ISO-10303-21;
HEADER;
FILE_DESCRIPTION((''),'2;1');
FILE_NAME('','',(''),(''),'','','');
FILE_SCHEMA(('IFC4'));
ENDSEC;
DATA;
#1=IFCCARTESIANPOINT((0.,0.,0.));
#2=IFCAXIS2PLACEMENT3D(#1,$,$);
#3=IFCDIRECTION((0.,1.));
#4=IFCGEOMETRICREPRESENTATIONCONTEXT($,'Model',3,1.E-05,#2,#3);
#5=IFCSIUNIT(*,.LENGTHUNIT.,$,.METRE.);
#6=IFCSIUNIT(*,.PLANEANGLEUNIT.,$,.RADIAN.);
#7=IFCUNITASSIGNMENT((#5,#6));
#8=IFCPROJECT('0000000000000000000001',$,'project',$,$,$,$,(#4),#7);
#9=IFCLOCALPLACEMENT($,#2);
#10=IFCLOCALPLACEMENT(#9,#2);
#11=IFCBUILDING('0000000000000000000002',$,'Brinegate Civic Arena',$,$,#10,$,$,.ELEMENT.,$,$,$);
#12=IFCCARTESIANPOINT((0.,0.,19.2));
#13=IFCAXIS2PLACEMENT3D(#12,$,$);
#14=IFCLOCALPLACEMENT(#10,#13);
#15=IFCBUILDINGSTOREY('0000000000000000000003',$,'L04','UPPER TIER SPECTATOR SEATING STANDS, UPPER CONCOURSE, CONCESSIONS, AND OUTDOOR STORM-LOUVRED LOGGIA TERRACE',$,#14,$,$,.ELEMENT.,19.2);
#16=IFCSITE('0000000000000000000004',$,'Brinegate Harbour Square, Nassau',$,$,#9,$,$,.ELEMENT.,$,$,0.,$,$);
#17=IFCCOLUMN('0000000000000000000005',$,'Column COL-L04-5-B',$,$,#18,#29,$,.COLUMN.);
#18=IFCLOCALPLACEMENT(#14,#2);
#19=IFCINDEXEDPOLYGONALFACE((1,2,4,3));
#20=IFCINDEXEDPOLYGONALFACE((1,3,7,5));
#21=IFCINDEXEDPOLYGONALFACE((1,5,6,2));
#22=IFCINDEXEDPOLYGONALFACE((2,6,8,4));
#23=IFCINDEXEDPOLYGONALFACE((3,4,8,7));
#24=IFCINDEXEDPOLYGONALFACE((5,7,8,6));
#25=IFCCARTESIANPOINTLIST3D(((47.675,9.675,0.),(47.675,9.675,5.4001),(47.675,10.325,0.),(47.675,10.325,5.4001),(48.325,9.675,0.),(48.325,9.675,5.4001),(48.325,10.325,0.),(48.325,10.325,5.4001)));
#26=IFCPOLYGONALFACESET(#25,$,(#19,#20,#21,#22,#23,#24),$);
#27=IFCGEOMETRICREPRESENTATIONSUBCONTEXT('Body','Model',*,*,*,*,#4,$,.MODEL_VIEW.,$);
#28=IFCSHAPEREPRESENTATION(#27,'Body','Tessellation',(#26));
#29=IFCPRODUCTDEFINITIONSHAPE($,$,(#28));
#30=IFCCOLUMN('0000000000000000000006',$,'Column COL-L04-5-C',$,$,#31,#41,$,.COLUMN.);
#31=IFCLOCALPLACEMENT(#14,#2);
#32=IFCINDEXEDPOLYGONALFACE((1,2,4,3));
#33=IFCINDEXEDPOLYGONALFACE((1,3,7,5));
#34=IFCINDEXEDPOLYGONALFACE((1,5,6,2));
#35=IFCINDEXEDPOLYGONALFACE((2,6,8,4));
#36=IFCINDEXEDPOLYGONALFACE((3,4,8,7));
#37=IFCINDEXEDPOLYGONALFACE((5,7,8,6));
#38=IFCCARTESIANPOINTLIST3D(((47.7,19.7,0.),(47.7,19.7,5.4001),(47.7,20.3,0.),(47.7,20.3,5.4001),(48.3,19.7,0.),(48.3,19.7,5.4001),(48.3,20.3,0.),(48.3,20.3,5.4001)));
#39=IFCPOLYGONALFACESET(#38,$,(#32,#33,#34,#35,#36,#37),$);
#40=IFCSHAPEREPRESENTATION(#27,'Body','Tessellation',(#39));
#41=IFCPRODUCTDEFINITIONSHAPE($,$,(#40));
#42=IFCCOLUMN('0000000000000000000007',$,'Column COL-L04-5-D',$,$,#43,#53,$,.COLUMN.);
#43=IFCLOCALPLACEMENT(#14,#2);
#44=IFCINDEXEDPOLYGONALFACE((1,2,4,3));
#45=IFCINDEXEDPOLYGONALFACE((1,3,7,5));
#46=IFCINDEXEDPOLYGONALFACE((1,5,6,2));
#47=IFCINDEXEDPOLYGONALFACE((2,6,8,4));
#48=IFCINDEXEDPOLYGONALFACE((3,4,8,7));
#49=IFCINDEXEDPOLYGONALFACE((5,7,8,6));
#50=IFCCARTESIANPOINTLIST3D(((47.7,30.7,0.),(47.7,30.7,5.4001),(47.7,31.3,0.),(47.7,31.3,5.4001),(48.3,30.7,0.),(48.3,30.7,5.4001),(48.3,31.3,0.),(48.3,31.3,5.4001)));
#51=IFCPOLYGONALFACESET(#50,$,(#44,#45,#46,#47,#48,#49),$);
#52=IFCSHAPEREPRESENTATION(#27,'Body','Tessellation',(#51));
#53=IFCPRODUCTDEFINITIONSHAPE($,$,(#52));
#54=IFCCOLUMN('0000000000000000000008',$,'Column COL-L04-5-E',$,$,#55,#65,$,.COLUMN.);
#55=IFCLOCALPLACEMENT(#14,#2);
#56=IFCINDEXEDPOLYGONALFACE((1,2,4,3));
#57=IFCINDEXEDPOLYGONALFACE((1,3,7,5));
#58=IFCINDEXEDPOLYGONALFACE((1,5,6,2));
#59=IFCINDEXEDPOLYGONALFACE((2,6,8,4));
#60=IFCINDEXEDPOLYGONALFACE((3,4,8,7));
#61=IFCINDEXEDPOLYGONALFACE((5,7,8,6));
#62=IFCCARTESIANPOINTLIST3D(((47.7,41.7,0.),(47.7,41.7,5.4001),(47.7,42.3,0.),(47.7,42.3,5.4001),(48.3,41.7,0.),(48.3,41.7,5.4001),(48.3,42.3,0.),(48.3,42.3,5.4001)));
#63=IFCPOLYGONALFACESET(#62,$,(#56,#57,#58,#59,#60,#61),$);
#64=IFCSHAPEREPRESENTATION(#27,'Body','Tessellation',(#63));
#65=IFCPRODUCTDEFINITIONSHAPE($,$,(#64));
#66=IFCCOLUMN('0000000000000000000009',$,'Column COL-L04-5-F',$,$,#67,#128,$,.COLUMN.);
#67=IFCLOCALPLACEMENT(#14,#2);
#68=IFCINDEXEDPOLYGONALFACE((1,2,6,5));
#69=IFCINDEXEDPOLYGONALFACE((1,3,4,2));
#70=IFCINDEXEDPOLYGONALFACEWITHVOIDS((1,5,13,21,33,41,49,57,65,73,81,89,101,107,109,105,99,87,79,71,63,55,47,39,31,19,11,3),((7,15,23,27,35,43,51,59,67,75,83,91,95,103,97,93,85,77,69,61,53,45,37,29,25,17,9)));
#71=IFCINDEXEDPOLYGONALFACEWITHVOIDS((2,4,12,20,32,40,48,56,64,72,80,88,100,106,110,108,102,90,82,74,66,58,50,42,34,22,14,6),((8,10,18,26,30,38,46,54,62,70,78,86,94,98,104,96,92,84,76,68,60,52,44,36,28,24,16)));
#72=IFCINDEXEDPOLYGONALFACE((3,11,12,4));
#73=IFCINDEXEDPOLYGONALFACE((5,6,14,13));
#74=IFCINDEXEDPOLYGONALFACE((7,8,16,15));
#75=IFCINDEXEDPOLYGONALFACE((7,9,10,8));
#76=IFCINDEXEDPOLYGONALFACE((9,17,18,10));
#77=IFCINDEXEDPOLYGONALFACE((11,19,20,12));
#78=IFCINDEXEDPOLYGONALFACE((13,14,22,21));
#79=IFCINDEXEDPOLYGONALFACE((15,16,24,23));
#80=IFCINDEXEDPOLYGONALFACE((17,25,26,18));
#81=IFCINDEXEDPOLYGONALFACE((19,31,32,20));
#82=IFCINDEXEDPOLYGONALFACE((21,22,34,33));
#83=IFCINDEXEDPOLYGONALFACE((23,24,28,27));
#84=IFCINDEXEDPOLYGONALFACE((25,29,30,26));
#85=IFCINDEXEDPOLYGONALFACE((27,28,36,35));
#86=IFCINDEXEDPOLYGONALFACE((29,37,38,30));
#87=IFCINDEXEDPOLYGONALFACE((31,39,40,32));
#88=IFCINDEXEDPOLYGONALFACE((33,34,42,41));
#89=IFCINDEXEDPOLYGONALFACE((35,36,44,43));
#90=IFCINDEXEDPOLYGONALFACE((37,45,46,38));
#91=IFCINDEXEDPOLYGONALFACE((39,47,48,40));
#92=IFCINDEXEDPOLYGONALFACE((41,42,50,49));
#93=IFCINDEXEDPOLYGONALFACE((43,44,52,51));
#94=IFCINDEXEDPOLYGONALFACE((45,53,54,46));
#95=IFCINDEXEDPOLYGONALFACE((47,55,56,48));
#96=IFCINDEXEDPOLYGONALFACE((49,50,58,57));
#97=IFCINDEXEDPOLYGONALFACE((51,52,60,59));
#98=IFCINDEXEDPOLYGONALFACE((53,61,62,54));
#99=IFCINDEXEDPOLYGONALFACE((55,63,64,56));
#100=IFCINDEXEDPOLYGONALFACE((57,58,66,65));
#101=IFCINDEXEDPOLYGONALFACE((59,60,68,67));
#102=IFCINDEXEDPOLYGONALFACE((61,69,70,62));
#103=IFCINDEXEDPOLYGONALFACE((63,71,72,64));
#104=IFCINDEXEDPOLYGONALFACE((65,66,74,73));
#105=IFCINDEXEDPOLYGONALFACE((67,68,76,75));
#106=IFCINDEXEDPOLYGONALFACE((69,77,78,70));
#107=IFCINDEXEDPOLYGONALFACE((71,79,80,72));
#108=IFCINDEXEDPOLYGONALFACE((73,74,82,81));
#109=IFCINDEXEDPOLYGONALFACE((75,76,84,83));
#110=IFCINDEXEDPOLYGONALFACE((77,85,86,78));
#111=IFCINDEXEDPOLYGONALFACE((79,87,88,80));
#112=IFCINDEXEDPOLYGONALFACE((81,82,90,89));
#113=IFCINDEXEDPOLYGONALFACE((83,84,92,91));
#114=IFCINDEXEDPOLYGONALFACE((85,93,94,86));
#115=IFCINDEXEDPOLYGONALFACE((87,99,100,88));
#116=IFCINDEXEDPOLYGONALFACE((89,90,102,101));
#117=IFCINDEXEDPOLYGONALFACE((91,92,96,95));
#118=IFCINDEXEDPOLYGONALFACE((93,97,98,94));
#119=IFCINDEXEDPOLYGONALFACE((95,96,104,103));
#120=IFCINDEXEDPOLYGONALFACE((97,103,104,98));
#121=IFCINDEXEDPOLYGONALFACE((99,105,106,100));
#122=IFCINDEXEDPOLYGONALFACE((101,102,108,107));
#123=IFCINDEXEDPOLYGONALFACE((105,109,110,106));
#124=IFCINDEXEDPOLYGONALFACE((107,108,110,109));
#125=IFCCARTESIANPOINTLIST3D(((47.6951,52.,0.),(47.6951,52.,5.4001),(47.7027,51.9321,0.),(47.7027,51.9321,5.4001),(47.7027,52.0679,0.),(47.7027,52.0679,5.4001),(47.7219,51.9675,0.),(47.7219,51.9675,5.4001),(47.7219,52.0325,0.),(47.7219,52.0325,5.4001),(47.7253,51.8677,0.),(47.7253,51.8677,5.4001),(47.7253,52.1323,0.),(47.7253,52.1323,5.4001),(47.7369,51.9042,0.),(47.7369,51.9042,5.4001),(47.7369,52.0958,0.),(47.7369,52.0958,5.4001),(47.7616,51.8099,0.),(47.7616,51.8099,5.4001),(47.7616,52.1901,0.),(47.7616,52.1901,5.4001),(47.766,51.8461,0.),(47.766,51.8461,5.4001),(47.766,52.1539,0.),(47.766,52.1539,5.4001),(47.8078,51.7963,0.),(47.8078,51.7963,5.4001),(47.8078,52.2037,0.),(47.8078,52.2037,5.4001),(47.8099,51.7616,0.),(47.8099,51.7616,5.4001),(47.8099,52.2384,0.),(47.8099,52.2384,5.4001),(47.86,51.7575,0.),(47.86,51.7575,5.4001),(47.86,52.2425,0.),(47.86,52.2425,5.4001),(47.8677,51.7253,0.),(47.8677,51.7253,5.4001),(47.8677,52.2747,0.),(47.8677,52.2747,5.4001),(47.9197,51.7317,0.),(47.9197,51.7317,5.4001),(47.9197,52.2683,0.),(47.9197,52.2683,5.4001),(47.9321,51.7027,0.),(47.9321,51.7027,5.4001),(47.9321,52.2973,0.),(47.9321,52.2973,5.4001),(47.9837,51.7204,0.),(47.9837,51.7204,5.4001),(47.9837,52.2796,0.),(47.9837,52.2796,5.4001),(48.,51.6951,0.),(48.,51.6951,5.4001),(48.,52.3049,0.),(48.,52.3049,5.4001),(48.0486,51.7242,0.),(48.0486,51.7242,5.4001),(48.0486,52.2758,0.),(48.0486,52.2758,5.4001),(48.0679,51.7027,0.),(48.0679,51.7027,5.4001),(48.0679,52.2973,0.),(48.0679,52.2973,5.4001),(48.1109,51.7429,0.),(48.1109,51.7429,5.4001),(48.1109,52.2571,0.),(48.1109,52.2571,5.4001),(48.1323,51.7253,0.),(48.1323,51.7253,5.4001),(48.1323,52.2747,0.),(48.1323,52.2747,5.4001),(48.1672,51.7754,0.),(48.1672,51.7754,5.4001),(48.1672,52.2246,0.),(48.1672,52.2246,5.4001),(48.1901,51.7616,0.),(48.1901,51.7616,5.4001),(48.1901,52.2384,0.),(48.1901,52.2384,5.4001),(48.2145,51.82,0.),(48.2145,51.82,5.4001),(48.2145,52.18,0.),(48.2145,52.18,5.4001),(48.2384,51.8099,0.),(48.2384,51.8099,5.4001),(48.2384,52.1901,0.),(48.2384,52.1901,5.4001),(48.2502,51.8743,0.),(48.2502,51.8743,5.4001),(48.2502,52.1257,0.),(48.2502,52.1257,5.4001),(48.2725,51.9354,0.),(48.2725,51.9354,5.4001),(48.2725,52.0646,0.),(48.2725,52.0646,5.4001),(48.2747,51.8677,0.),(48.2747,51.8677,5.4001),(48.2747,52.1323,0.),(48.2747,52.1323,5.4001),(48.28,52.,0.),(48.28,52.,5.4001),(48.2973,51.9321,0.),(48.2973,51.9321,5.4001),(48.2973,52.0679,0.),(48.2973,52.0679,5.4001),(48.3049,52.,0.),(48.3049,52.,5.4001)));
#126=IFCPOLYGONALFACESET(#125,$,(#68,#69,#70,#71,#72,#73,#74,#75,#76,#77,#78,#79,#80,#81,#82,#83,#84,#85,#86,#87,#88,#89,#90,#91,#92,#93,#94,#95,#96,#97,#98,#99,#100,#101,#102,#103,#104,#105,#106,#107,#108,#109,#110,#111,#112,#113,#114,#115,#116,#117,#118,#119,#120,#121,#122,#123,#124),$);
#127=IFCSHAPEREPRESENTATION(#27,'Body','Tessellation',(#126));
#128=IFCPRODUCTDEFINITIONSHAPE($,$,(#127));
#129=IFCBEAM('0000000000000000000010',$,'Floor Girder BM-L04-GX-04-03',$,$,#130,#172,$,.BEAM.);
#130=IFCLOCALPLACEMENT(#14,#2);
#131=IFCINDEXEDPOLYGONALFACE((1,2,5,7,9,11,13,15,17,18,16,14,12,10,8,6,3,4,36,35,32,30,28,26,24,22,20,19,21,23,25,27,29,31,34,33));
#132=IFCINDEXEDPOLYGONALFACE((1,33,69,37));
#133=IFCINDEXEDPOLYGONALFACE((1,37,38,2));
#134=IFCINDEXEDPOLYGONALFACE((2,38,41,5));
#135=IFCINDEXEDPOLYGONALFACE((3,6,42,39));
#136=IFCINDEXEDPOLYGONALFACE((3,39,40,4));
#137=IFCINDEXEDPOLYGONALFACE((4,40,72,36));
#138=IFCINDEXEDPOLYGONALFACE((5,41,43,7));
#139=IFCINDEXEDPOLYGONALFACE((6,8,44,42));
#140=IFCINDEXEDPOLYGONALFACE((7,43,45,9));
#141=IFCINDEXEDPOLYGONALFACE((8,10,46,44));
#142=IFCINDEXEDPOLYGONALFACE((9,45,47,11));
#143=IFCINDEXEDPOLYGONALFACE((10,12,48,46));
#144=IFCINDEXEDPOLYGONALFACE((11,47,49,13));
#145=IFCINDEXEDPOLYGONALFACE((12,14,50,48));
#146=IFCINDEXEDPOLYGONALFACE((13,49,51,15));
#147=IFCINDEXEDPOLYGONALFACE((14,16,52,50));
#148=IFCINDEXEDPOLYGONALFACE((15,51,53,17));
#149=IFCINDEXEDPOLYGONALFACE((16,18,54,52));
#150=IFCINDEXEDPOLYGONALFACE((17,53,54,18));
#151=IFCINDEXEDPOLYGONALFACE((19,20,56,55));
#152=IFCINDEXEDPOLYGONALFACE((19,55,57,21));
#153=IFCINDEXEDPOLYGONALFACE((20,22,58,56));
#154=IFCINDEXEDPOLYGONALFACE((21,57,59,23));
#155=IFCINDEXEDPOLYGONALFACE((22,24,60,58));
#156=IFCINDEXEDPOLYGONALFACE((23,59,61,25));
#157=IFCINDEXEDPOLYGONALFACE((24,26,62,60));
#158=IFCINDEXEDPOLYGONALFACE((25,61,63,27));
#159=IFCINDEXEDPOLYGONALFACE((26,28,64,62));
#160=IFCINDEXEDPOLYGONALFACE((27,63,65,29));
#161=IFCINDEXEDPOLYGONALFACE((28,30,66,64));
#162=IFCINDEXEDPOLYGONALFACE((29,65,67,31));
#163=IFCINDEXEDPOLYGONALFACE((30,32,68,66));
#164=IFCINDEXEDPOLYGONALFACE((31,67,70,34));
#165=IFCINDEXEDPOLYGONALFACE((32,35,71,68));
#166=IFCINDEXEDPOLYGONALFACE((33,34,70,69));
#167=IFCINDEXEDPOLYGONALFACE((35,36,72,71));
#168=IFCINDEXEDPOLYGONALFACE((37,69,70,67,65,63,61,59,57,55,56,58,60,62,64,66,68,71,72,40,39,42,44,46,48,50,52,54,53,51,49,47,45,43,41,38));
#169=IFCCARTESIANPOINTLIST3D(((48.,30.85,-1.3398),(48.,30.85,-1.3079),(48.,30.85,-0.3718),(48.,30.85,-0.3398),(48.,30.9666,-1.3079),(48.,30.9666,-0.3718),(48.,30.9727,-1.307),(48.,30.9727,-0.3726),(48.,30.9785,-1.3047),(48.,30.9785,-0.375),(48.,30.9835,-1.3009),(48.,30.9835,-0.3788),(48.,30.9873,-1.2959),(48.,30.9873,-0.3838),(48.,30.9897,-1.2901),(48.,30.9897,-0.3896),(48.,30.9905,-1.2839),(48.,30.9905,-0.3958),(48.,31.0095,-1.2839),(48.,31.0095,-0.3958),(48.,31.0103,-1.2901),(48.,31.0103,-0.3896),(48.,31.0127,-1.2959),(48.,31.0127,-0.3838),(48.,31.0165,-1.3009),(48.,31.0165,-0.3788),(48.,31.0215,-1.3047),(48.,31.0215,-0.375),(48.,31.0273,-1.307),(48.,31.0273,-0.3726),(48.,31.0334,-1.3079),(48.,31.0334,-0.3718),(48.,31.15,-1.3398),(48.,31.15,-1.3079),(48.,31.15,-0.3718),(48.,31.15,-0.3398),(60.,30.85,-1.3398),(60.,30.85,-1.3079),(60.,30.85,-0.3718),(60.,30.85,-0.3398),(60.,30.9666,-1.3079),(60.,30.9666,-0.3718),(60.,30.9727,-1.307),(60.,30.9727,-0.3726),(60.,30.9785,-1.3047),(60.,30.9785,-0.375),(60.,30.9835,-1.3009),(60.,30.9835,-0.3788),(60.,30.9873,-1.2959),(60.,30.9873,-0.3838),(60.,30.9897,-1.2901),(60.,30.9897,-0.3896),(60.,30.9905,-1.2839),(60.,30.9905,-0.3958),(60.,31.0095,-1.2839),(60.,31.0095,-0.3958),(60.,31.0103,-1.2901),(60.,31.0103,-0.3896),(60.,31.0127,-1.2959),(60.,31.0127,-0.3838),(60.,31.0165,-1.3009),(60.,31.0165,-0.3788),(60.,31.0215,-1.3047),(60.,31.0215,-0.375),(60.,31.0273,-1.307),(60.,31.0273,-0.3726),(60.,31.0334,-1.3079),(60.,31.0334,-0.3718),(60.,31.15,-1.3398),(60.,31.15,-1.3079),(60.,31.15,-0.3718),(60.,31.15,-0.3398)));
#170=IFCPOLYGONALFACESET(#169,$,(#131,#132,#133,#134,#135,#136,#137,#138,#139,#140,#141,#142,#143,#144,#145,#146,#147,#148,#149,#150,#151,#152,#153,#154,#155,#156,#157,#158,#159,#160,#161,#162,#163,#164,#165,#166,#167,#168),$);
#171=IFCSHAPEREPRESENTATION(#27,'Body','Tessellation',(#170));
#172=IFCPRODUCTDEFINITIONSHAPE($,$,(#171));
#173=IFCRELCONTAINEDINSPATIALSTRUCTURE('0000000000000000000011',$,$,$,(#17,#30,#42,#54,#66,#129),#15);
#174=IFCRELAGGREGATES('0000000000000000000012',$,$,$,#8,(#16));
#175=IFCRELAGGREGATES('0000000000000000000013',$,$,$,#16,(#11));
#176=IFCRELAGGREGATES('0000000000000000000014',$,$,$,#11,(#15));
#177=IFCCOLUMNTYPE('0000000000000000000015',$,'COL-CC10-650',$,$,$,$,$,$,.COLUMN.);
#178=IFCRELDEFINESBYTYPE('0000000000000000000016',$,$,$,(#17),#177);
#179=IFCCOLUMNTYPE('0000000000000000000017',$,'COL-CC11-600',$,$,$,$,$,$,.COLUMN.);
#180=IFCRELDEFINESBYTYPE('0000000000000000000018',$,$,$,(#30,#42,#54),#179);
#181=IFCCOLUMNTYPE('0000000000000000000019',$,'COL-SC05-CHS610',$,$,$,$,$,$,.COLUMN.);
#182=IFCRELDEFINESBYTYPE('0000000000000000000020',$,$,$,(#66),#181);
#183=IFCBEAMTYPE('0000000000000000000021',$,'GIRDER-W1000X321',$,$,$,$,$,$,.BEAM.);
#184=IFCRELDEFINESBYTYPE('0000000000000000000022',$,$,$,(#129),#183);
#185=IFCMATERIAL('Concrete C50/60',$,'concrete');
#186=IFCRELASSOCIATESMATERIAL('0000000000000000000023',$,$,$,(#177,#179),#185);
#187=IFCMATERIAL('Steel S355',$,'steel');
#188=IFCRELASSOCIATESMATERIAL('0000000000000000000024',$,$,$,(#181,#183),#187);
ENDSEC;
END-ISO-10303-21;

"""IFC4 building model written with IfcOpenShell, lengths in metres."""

from ifc_helpers import new_model, si_unit, direction, frame, origin, origin_2d, place, context, subcontext, project, spatial, rectangle, hollow_circle, i_section, extrude, material, material_profile, profile_set, type_object, element, save


model = new_model("IFC4")

# Units and contexts
model_context = context("Model", 3, precision=1e-05, world=origin(), true_north=direction((0.0, 1.0)))
body_context = subcontext(model_context, "Body", "Model", "MODEL_VIEW")
ifc_project = project(units=[si_unit("LENGTHUNIT", "METRE"), si_unit("PLANEANGLEUNIT", "RADIAN")], contexts=[model_context])

# Site, building, storey
site_placement = place(None, origin())
site = spatial("IfcSite", under=ifc_project, at=site_placement, Name="Brinegate Harbour Square, Nassau", CompositionType="ELEMENT", RefElevation=0.0)
building_placement = place(site_placement, origin())
building = spatial("IfcBuilding", under=site, at=building_placement, Name="Brinegate Civic Arena", CompositionType="ELEMENT")
storey_placement = place(building_placement, frame((0.0, 0.0, 19.2)))
storey = spatial("IfcBuildingStorey", under=building, at=storey_placement, Name="L04", Description="UPPER TIER SPECTATOR SEATING STANDS, UPPER CONCOURSE, CONCESSIONS, AND OUTDOOR STORM-LOUVRED LOGGIA TERRACE", CompositionType="ELEMENT", Elevation=19.2)

# Columns
ifc_material_1 = material(Name="Concrete C50/60", Category="concrete")
ifc_material_profile_1 = material_profile(ifc_material_1, rectangle(XDim=0.6499, YDim=0.6499, at=origin_2d()), Name="RC650X650")
ifc_profile_set_1 = profile_set([ifc_material_profile_1], Name="Concrete C50/60")
column_type_1 = type_object("IfcColumnType", Name="COL-CC10-650", PredefinedType="COLUMN", material=ifc_profile_set_1)
column_1_placement = place(storey_placement, frame((48.0, 10.0, 0.0), z_axis=(0.0, 0.0, 1.0), x_axis=(1.0, 0.0, 0.0)))
element("IfcColumn", 1, at=column_1_placement, inside=storey, type_object=column_type_1, Name="Column COL-L04-5-B", PredefinedType="COLUMN", context=body_context, shape_type="SweptSolid", body=[
    extrude(rectangle(XDim=0.6499, YDim=0.6499, at=origin_2d()), origin(), (0.0, 0.0, 1.0), 5.4001),
])
ifc_material_profile_2 = material_profile(ifc_material_1, rectangle(XDim=0.6001, YDim=0.6001, at=origin_2d()), Name="RC600X600")
ifc_profile_set_2 = profile_set([ifc_material_profile_2], Name="Concrete C50/60")
column_type_2 = type_object("IfcColumnType", Name="COL-CC11-600", PredefinedType="COLUMN", material=ifc_profile_set_2)
for number, where, z_axis, x_axis, name in (
    (2, (48.0, 20.0, 0.0), (0.0, 0.0, 1.0), (1.0, 0.0, 0.0), "Column COL-L04-5-C"),
    (3, (48.0, 31.0, 0.0), (0.0, 0.0, 1.0), (1.0, 0.0, 0.0), "Column COL-L04-5-D"),
    (4, (48.0, 42.0, 0.0), (0.0, 0.0, 1.0), (1.0, 0.0, 0.0), "Column COL-L04-5-E"),
):
    element("IfcColumn", number, at=place(storey_placement, frame(where, z_axis=z_axis, x_axis=x_axis)), inside=storey, type_object=column_type_2, Name=name, PredefinedType="COLUMN", context=body_context, shape_type="SweptSolid", body=[
        extrude(rectangle(XDim=0.6001, YDim=0.6001, at=origin_2d()), origin(), (0.0, 0.0, 1.0), 5.4001),
    ])
ifc_material_2 = material(Name="Steel S355", Category="steel")
ifc_material_profile_3 = material_profile(ifc_material_2, hollow_circle(Radius=0.3049, WallThickness=0.0249, at=origin_2d()), Name="CHS610X25")
ifc_profile_set_3 = profile_set([ifc_material_profile_3], Name="Steel S355")
column_type_3 = type_object("IfcColumnType", Name="COL-SC05-CHS610", PredefinedType="COLUMN", material=ifc_profile_set_3)
column_2_placement = place(storey_placement, frame((48.0, 52.0, 0.0), z_axis=(0.0, 0.0, 1.0), x_axis=(1.0, 0.0, 0.0)))
element("IfcColumn", 5, at=column_2_placement, inside=storey, type_object=column_type_3, Name="Column COL-L04-5-F", PredefinedType="COLUMN", context=body_context, shape_type="SweptSolid", body=[
    extrude(hollow_circle(Radius=0.3049, WallThickness=0.0249, at=origin_2d()), origin(), (0.0, 0.0, 1.0), 5.4001),
])

# Beam
ifc_material_profile_4 = material_profile(ifc_material_2, i_section(OverallWidth=0.3, OverallDepth=1.0, WebThickness=0.019, FlangeThickness=0.032, FilletRadius=0.0239, at=origin_2d()), Name="W1000X321")
ifc_profile_set_4 = profile_set([ifc_material_profile_4], Name="Steel S355")
beam_type_1 = type_object("IfcBeamType", Name="GIRDER-W1000X321", PredefinedType="BEAM", material=ifc_profile_set_4)
beam_1_placement = place(storey_placement, frame((48.0, 31.0, -0.8398), z_axis=(1.0, 0.0, 0.0), x_axis=(0.0, 1.0, 0.0)))
element("IfcBeam", 6, at=beam_1_placement, inside=storey, type_object=beam_type_1, Name="Floor Girder BM-L04-GX-04-03", PredefinedType="BEAM", context=body_context, shape_type="SweptSolid", body=[
    extrude(i_section(OverallWidth=0.3, OverallDepth=1.0, WebThickness=0.019, FlangeThickness=0.032, FilletRadius=0.0239, at=origin_2d()), origin(), (0.0, 0.0, 1.0), 12.0),
])

save(model, "model.ifc")
